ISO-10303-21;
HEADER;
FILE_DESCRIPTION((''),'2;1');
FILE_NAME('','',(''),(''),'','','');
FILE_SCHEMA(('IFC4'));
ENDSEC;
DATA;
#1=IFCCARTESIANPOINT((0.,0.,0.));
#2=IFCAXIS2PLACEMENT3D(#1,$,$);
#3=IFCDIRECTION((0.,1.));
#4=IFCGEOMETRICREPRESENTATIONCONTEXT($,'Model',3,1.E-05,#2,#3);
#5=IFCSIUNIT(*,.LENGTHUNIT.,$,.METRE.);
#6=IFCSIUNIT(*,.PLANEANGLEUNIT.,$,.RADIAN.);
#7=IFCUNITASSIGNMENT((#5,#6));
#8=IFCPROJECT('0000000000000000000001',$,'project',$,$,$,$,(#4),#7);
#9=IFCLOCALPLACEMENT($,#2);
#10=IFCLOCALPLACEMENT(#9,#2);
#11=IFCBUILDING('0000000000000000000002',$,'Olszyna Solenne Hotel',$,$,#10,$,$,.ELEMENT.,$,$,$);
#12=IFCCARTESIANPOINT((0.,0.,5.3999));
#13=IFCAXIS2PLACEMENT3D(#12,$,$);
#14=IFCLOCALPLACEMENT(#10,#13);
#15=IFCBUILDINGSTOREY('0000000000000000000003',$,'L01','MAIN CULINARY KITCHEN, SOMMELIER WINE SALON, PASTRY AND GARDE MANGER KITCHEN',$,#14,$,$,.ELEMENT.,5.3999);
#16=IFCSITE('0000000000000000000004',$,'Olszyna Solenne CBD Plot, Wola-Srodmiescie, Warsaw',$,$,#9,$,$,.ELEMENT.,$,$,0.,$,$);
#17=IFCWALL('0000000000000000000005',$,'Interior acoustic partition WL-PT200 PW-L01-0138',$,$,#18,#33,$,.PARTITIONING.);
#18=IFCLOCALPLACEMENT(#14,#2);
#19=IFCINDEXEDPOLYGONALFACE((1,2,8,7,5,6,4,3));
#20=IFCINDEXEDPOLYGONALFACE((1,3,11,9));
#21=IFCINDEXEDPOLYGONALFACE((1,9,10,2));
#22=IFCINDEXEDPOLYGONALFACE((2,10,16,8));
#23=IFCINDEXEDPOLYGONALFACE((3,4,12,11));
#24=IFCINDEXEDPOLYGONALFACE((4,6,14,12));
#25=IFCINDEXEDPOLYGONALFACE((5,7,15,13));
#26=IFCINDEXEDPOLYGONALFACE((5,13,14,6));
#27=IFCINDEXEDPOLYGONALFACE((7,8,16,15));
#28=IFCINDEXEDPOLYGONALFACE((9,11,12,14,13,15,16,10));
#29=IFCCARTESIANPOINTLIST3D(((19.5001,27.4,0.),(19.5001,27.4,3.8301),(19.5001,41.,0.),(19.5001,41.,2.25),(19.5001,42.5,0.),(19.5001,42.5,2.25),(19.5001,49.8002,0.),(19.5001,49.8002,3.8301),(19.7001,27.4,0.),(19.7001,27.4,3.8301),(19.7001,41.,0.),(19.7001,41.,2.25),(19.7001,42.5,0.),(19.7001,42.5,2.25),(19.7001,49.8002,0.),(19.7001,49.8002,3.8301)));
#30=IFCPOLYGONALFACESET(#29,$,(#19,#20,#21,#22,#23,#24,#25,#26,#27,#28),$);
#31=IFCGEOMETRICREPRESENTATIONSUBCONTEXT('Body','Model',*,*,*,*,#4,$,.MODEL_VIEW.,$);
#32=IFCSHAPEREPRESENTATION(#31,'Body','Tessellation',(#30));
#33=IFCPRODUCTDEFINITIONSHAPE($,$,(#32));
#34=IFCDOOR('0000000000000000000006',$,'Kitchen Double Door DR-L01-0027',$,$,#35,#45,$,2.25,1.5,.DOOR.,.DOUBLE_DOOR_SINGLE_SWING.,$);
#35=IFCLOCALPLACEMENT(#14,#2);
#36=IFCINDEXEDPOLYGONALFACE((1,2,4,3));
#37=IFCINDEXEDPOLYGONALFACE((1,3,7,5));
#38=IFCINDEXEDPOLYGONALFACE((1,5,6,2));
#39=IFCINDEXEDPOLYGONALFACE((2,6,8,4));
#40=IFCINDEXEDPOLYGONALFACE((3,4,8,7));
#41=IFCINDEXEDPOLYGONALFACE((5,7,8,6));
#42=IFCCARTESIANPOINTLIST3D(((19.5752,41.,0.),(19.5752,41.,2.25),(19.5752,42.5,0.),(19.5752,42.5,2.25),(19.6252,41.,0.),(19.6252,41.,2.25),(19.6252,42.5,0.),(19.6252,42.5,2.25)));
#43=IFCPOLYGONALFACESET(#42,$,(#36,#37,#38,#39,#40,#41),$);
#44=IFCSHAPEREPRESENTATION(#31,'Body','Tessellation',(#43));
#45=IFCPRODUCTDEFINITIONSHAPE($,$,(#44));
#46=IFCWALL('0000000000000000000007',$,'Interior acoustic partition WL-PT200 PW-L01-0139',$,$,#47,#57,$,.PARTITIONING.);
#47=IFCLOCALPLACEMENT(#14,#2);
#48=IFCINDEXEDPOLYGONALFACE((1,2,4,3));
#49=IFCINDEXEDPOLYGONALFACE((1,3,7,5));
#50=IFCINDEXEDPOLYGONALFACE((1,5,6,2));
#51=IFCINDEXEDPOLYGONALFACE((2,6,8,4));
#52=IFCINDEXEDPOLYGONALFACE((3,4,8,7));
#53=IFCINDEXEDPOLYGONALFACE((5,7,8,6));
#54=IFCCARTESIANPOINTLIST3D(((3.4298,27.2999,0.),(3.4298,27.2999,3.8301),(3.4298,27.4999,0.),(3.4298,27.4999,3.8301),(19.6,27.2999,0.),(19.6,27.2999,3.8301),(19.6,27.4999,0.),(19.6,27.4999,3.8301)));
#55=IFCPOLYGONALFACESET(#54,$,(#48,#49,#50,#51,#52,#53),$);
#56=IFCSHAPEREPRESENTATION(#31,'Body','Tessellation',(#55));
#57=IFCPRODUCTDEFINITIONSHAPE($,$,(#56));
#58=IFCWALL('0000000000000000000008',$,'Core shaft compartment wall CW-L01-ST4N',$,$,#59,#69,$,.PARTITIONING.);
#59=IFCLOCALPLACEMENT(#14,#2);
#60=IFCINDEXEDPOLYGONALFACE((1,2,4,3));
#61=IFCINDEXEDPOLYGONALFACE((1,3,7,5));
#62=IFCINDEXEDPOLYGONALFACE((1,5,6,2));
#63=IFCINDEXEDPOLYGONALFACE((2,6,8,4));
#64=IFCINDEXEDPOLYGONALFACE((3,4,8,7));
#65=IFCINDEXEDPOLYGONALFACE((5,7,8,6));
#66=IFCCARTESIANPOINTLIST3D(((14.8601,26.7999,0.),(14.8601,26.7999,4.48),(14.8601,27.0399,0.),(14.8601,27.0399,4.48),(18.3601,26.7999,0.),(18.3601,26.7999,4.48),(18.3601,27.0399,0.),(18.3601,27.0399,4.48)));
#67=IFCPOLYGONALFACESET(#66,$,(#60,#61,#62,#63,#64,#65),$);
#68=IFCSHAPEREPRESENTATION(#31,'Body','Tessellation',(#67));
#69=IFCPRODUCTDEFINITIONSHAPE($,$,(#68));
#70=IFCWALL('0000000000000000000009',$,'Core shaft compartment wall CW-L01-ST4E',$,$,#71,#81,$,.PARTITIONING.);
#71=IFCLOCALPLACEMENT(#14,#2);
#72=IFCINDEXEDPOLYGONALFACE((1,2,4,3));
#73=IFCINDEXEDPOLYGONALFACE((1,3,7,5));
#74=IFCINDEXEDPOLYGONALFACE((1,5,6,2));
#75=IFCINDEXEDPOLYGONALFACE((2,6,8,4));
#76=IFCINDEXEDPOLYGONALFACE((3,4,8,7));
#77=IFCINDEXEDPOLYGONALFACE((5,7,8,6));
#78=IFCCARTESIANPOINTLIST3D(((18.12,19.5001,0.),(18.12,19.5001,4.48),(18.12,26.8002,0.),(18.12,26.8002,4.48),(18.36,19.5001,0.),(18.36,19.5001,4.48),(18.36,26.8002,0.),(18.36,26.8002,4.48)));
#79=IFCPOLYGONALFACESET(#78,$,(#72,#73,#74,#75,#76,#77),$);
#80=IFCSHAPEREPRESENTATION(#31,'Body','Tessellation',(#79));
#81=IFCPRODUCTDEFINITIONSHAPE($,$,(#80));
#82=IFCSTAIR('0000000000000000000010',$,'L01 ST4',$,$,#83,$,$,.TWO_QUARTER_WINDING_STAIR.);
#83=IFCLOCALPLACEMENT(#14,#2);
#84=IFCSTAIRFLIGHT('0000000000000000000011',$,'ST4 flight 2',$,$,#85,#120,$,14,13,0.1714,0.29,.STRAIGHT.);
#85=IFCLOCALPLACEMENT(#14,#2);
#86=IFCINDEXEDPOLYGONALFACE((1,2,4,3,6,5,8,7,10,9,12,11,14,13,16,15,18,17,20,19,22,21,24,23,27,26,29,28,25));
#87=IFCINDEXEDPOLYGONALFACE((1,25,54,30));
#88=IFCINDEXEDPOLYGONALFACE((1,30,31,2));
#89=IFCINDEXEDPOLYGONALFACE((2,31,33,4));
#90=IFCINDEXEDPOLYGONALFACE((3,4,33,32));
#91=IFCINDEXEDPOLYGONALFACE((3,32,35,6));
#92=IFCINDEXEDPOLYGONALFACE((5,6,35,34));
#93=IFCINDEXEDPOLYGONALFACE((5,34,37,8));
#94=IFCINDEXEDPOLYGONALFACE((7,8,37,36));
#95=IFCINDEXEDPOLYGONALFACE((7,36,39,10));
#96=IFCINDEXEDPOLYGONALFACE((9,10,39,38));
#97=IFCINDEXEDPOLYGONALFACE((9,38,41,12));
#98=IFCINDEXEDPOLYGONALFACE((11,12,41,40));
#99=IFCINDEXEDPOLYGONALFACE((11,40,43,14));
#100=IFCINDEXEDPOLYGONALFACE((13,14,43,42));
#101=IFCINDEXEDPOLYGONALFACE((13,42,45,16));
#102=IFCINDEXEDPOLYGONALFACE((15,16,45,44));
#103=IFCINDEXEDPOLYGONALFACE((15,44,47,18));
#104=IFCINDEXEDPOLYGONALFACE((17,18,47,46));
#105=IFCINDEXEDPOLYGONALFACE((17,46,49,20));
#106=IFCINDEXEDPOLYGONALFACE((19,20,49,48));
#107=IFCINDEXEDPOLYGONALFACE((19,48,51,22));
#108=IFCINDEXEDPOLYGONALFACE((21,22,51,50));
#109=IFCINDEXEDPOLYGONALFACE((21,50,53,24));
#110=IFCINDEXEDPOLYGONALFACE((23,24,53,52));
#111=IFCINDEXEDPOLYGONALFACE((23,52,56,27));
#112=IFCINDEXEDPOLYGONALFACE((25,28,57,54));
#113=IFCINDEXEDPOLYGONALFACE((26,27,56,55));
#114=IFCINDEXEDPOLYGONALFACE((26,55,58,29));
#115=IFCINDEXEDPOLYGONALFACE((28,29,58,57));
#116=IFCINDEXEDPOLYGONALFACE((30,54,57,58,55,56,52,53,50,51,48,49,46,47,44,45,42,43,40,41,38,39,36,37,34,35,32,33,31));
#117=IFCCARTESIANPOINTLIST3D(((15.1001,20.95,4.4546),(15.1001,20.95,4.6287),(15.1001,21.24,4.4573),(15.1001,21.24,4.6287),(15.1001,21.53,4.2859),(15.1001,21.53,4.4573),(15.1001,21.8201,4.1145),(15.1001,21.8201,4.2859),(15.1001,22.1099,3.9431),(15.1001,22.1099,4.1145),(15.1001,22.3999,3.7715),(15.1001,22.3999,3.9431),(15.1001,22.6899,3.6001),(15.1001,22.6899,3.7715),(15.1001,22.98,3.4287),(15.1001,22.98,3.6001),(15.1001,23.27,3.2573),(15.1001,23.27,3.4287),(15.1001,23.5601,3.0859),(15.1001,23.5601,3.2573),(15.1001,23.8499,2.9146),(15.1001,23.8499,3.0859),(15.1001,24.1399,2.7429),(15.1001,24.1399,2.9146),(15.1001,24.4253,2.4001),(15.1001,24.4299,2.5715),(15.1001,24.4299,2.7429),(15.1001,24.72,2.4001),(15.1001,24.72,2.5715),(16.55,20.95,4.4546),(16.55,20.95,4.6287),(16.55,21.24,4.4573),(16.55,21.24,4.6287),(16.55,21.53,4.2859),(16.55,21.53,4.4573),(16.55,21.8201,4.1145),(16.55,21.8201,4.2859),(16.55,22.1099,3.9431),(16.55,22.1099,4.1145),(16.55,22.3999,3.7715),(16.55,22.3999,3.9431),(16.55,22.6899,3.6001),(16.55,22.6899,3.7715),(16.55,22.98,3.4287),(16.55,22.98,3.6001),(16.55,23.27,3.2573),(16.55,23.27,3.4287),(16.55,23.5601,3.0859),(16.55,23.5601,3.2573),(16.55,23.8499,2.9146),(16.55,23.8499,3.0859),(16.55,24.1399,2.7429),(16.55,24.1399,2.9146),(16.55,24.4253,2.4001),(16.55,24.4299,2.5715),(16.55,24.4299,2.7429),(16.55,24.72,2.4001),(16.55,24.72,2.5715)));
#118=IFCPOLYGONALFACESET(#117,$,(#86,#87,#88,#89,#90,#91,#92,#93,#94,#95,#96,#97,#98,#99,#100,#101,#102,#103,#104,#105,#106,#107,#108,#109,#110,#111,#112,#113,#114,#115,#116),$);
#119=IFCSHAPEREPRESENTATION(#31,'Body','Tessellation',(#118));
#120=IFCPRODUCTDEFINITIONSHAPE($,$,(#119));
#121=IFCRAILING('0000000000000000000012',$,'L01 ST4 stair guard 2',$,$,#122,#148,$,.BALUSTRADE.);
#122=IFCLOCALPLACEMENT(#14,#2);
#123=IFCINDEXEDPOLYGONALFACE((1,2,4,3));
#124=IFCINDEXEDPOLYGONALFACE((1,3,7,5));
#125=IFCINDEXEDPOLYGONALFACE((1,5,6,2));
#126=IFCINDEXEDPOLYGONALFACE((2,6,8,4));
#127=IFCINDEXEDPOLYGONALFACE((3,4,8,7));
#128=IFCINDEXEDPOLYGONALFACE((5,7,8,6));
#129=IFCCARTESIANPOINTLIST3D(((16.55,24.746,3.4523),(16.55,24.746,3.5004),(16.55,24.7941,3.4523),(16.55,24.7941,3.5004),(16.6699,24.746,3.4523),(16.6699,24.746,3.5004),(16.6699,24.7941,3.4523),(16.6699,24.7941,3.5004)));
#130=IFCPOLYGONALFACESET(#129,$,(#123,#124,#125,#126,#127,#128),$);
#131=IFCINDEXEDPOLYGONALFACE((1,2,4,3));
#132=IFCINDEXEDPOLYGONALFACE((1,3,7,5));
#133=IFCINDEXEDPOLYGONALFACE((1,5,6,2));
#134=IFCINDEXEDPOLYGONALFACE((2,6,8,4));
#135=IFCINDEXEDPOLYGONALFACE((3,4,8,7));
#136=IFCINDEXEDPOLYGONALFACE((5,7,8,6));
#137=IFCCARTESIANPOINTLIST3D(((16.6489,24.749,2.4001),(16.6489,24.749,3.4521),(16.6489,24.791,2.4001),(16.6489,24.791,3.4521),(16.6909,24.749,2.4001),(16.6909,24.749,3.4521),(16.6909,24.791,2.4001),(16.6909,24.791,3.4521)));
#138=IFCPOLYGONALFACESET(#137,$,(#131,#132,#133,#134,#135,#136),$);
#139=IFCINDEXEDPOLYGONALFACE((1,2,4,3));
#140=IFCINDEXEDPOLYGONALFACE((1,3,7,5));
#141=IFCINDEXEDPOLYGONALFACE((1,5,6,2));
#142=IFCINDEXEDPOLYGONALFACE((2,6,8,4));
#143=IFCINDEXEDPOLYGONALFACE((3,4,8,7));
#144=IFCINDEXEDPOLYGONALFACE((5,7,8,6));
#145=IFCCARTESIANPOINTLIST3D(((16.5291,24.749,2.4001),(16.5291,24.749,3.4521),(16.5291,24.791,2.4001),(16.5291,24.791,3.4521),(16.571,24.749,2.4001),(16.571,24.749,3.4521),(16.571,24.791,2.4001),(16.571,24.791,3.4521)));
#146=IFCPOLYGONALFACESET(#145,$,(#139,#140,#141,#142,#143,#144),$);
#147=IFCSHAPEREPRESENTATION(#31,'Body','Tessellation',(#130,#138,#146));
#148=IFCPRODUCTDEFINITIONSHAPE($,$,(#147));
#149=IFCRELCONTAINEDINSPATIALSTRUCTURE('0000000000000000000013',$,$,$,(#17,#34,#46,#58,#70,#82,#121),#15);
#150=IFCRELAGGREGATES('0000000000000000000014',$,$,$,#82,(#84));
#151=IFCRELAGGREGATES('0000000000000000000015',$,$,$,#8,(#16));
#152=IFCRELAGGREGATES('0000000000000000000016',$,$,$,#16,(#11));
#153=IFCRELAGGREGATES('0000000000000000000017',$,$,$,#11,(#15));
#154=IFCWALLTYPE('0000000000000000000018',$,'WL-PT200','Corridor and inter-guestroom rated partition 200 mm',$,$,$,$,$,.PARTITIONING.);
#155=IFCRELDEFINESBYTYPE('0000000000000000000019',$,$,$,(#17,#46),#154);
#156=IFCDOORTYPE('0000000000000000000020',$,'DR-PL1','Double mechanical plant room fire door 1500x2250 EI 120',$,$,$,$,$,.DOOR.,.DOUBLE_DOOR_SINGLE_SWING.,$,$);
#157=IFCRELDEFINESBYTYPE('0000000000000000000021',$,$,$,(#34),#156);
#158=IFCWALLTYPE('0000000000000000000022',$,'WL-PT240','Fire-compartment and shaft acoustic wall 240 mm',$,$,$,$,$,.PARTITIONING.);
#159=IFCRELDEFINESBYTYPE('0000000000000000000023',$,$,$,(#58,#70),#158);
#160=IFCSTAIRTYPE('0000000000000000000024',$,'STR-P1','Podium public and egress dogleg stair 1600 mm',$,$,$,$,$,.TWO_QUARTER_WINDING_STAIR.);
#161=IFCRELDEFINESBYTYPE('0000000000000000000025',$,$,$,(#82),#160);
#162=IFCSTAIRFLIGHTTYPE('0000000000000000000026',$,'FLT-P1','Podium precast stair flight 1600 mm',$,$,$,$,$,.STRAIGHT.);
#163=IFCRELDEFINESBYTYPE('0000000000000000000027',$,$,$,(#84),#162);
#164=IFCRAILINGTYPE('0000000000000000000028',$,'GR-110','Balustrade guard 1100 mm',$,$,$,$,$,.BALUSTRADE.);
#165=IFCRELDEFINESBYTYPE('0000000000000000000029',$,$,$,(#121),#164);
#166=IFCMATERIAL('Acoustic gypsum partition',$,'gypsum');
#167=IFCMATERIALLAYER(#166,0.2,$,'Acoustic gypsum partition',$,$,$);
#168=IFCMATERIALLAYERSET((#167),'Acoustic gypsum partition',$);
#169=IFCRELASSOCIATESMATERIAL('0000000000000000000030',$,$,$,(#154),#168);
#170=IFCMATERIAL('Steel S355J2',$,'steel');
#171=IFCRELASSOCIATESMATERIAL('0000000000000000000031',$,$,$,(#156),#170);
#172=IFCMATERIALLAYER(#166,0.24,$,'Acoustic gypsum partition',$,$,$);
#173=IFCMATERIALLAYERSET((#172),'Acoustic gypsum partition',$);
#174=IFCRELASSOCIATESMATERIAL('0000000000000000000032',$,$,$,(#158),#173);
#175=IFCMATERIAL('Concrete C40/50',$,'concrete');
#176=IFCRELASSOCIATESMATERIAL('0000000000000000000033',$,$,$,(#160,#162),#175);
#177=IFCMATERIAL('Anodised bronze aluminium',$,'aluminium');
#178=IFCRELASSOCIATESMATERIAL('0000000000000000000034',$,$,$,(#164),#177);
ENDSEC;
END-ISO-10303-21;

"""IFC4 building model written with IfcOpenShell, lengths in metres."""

from ifc_helpers import new_model, si_unit, direction, frame, frame_2d, origin, origin_2d, place, context, subcontext, project, spatial, polyline, rectangle, outline, extrude, source, transform, mapped, material, layer, layer_set, type_object, type_shapes, element, fill, aggregate, save


model = new_model("IFC4")

# Units and contexts
model_context = context("Model", 3, precision=1e-05, world=origin(), true_north=direction((0.0, 1.0)))
body_context = subcontext(model_context, "Body", "Model", "MODEL_VIEW")
ifc_project = project(units=[si_unit("LENGTHUNIT", "METRE"), si_unit("PLANEANGLEUNIT", "RADIAN")], contexts=[model_context])

# Site, building, storey
site_placement = place(None, origin())
site = spatial("IfcSite", under=ifc_project, at=site_placement, Name="Olszyna Solenne CBD Plot, Wola-Srodmiescie, Warsaw", CompositionType="ELEMENT", RefElevation=0.0)
building_placement = place(site_placement, origin())
building = spatial("IfcBuilding", under=site, at=building_placement, Name="Olszyna Solenne Hotel", CompositionType="ELEMENT")
storey_placement = place(building_placement, frame((0.0, 0.0, 5.3999)))
storey = spatial("IfcBuildingStorey", under=building, at=storey_placement, Name="L01", Description="MAIN CULINARY KITCHEN, SOMMELIER WINE SALON, PASTRY AND GARDE MANGER KITCHEN", CompositionType="ELEMENT", Elevation=5.3999)

# Shared definitions
ifc_material_1 = material(Name="Steel S355J2", Category="steel")

# Shared definitions
ifc_material_2 = material(Name="Acoustic gypsum partition", Category="gypsum")

# Wall, opening, door
ifc_layer_1 = layer(ifc_material_2, 0.2, Name="Acoustic gypsum partition")
ifc_layer_set_1 = layer_set([ifc_layer_1], Name="Acoustic gypsum partition")
wall_type_1 = type_object("IfcWallType", Name="WL-PT200", Description="Corridor and inter-guestroom rated partition 200 mm", PredefinedType="PARTITIONING", material=ifc_layer_set_1)
wall_1_placement = place(storey_placement, frame((19.6001, 27.3999, 0.0), z_axis=(0.0, 0.0, 1.0), x_axis=(0.0, 1.0, 0.0)))
wall_1 = element("IfcWall", 1, at=wall_1_placement, inside=storey, type_object=wall_type_1, Name="Interior acoustic partition WL-PT200 PW-L01-0138", PredefinedType="PARTITIONING", context=body_context, shape_type="SweptSolid", body=[
    extrude(rectangle(XDim=22.4001, YDim=0.2, at=frame_2d((11.2002, 0.0))), origin(), (0.0, 0.0, 1.0), 3.8301),
])
opening_1_placement = place(wall_1_placement, frame((13.6001, 0.0, 0.0)))
opening_1 = element("IfcOpeningElement", 2, at=opening_1_placement, cuts=wall_1, PredefinedType="OPENING", context=body_context, shape_type="SweptSolid", body=[
    extrude(rectangle(XDim=1.5, YDim=2.25, at=frame_2d((0.75, 1.125))), frame((0.0, 0.1099, 0.0), z_axis=(0.0, -1.0, 0.0), x_axis=(1.0, 0.0, 0.0)), (0.0, 0.0, 1.0), 0.22),
])
door_type_1 = type_object("IfcDoorType", Name="DR-PL1", Description="Double mechanical plant room fire door 1500x2250 EI 120", OperationType="DOUBLE_DOOR_SINGLE_SWING", PredefinedType="DOOR", material=ifc_material_1)
shared_shape_1 = source(origin(), body_context, "Body", "SweptSolid", [
    extrude(rectangle(XDim=1.5, YDim=2.25, at=frame_2d((0.75, 1.125))), frame((0.0, 0.0249, 0.0), z_axis=(0.0, -1.0, 0.0), x_axis=(1.0, 0.0, 0.0)), (0.0, 0.0, 1.0), 0.05),
])
type_shapes(door_type_1, [shared_shape_1])
door_1_placement = place(opening_1_placement, origin())
door_1 = element("IfcDoor", 3, at=door_1_placement, inside=storey, type_object=door_type_1, Name="Kitchen Double Door DR-L01-0027", OperationType="DOUBLE_DOOR_SINGLE_SWING", OverallHeight=2.25, OverallWidth=1.5, PredefinedType="DOOR", context=body_context, shape_type="MappedRepresentation", body=[
    mapped(shared_shape_1, transform((0.0, 0.0, 0.0), x_axis=(1.0, 0.0, 0.0), y_axis=(0.0, 1.0, 0.0), z_axis=(0.0, 0.0, 1.0), scale=1.0)),
])
fill(opening_1, door_1)

# Walls
wall_2_placement = place(storey_placement, frame((3.4299, 27.3999, 0.0), z_axis=(0.0, 0.0, 1.0), x_axis=(1.0, 0.0, 0.0)))
element("IfcWall", 4, at=wall_2_placement, inside=storey, type_object=wall_type_1, Name="Interior acoustic partition WL-PT200 PW-L01-0139", PredefinedType="PARTITIONING", context=body_context, shape_type="SweptSolid", body=[
    extrude(rectangle(XDim=16.1702, YDim=0.2, at=frame_2d((8.085, 0.0))), origin(), (0.0, 0.0, 1.0), 3.8301),
])
ifc_layer_2 = layer(ifc_material_2, 0.24, Name="Acoustic gypsum partition")
ifc_layer_set_2 = layer_set([ifc_layer_2], Name="Acoustic gypsum partition")
wall_type_2 = type_object("IfcWallType", Name="WL-PT240", Description="Fire-compartment and shaft acoustic wall 240 mm", PredefinedType="PARTITIONING", material=ifc_layer_set_2)
wall_3_placement = place(storey_placement, frame((14.8601, 26.9199, 0.0), z_axis=(0.0, 0.0, 1.0), x_axis=(1.0, 0.0, 0.0)))
element("IfcWall", 5, at=wall_3_placement, inside=storey, type_object=wall_type_2, Name="Core shaft compartment wall CW-L01-ST4N", PredefinedType="PARTITIONING", context=body_context, shape_type="SweptSolid", body=[
    extrude(rectangle(XDim=3.5, YDim=0.24, at=frame_2d((1.75, 0.0))), origin(), (0.0, 0.0, 1.0), 4.48),
])
wall_4_placement = place(storey_placement, frame((18.24, 26.8, 0.0), z_axis=(0.0, 0.0, 1.0), x_axis=(0.0, -1.0, 0.0)))
element("IfcWall", 6, at=wall_4_placement, inside=storey, type_object=wall_type_2, Name="Core shaft compartment wall CW-L01-ST4E", PredefinedType="PARTITIONING", context=body_context, shape_type="SweptSolid", body=[
    extrude(rectangle(XDim=7.3, YDim=0.24, at=frame_2d((3.6499, 0.0))), origin(), (0.0, 0.0, 1.0), 4.48),
])

# Stair, stair flight
ifc_material_3 = material(Name="Concrete C40/50", Category="concrete")
stair_type = type_object("IfcStairType", Name="STR-P1", Description="Podium public and egress dogleg stair 1600 mm", PredefinedType="TWO_QUARTER_WINDING_STAIR", material=ifc_material_3)
stair_placement = place(storey_placement, origin())
stair = element("IfcStair", 7, at=stair_placement, inside=storey, type_object=stair_type, Name="L01 ST4", PredefinedType="TWO_QUARTER_WINDING_STAIR")
stair_flight_type = type_object("IfcStairFlightType", Name="FLT-P1", Description="Podium precast stair flight 1600 mm", PredefinedType="STRAIGHT", material=ifc_material_3)
stair_flight_placement = place(storey_placement, frame((15.825, 24.72, 2.4001), z_axis=(0.0, 0.0, 1.0), x_axis=(0.0, -1.0, 0.0)))
stair_flight = element("IfcStairFlight", 8, at=stair_flight_placement, type_object=stair_flight_type, Name="ST4 flight 2", NumberOfRisers=14, NumberOfTreads=13, PredefinedType="STRAIGHT", RiserHeight=0.1714, TreadLength=0.29, context=body_context, shape_type="SweptSolid", body=[
    extrude(outline(polyline([(0.0, 0.0), (0.0, 0.1714), (0.29, 0.1714), (0.29, 0.3428), (0.5801, 0.3428), (0.5801, 0.5144), (0.8701, 0.5144), (0.8701, 0.6858), (1.1599, 0.6858), (1.1599, 0.8572), (1.45, 0.8572), (1.45, 1.0286), (1.74, 1.0286), (1.74, 1.2), (2.03, 1.2), (2.03, 1.3713), (2.3201, 1.3713), (2.3201, 1.543), (2.6101, 1.543), (2.6101, 1.7144), (2.8999, 1.7144), (2.8999, 1.8857), (3.1899, 1.8857), (3.1899, 2.0571), (3.48, 2.0571), (3.48, 2.2285), (3.77, 2.2285), (3.77, 2.3999), (3.77, 2.0544), (0.2947, 0.0), (0.0, 0.0)])), frame((0.0, 0.7251, 0.0), z_axis=(0.0, -1.0, 0.0), x_axis=(1.0, 0.0, 0.0)), (0.0, 0.0, 1.0), 1.45),
])
aggregate(stair, [stair_flight])

# Railing
ifc_material_4 = material(Name="Anodised bronze aluminium", Category="aluminium")
railing_type_1 = type_object("IfcRailingType", Name="GR-110", Description="Balustrade guard 1100 mm", PredefinedType="BALUSTRADE", material=ifc_material_4)
railing_1_placement = place(storey_placement, frame((16.6699, 24.77, 2.4001)))
element("IfcRailing", 9, at=railing_1_placement, inside=storey, type_object=railing_type_1, Name="L01 ST4 stair guard 2", PredefinedType="BALUSTRADE", context=body_context, shape_type="SweptSolid", body=[
    extrude(rectangle(XDim=0.0481, YDim=0.0481, at=origin_2d()), frame((0.0, 0.0, 1.0762), z_axis=(-1.0, 0.0, 0.0), x_axis=(0.0, -1.0, 0.0)), (0.0, 0.0, 1.0), 0.1199),
    extrude(rectangle(XDim=0.042, YDim=0.042, at=origin_2d()), origin(), (0.0, 0.0, 1.0), 1.052),
    extrude(rectangle(XDim=0.042, YDim=0.042, at=origin_2d()), frame((-0.1199, 0.0, 0.0)), (0.0, 0.0, 1.0), 1.052),
])

save(model, "model.ifc")
